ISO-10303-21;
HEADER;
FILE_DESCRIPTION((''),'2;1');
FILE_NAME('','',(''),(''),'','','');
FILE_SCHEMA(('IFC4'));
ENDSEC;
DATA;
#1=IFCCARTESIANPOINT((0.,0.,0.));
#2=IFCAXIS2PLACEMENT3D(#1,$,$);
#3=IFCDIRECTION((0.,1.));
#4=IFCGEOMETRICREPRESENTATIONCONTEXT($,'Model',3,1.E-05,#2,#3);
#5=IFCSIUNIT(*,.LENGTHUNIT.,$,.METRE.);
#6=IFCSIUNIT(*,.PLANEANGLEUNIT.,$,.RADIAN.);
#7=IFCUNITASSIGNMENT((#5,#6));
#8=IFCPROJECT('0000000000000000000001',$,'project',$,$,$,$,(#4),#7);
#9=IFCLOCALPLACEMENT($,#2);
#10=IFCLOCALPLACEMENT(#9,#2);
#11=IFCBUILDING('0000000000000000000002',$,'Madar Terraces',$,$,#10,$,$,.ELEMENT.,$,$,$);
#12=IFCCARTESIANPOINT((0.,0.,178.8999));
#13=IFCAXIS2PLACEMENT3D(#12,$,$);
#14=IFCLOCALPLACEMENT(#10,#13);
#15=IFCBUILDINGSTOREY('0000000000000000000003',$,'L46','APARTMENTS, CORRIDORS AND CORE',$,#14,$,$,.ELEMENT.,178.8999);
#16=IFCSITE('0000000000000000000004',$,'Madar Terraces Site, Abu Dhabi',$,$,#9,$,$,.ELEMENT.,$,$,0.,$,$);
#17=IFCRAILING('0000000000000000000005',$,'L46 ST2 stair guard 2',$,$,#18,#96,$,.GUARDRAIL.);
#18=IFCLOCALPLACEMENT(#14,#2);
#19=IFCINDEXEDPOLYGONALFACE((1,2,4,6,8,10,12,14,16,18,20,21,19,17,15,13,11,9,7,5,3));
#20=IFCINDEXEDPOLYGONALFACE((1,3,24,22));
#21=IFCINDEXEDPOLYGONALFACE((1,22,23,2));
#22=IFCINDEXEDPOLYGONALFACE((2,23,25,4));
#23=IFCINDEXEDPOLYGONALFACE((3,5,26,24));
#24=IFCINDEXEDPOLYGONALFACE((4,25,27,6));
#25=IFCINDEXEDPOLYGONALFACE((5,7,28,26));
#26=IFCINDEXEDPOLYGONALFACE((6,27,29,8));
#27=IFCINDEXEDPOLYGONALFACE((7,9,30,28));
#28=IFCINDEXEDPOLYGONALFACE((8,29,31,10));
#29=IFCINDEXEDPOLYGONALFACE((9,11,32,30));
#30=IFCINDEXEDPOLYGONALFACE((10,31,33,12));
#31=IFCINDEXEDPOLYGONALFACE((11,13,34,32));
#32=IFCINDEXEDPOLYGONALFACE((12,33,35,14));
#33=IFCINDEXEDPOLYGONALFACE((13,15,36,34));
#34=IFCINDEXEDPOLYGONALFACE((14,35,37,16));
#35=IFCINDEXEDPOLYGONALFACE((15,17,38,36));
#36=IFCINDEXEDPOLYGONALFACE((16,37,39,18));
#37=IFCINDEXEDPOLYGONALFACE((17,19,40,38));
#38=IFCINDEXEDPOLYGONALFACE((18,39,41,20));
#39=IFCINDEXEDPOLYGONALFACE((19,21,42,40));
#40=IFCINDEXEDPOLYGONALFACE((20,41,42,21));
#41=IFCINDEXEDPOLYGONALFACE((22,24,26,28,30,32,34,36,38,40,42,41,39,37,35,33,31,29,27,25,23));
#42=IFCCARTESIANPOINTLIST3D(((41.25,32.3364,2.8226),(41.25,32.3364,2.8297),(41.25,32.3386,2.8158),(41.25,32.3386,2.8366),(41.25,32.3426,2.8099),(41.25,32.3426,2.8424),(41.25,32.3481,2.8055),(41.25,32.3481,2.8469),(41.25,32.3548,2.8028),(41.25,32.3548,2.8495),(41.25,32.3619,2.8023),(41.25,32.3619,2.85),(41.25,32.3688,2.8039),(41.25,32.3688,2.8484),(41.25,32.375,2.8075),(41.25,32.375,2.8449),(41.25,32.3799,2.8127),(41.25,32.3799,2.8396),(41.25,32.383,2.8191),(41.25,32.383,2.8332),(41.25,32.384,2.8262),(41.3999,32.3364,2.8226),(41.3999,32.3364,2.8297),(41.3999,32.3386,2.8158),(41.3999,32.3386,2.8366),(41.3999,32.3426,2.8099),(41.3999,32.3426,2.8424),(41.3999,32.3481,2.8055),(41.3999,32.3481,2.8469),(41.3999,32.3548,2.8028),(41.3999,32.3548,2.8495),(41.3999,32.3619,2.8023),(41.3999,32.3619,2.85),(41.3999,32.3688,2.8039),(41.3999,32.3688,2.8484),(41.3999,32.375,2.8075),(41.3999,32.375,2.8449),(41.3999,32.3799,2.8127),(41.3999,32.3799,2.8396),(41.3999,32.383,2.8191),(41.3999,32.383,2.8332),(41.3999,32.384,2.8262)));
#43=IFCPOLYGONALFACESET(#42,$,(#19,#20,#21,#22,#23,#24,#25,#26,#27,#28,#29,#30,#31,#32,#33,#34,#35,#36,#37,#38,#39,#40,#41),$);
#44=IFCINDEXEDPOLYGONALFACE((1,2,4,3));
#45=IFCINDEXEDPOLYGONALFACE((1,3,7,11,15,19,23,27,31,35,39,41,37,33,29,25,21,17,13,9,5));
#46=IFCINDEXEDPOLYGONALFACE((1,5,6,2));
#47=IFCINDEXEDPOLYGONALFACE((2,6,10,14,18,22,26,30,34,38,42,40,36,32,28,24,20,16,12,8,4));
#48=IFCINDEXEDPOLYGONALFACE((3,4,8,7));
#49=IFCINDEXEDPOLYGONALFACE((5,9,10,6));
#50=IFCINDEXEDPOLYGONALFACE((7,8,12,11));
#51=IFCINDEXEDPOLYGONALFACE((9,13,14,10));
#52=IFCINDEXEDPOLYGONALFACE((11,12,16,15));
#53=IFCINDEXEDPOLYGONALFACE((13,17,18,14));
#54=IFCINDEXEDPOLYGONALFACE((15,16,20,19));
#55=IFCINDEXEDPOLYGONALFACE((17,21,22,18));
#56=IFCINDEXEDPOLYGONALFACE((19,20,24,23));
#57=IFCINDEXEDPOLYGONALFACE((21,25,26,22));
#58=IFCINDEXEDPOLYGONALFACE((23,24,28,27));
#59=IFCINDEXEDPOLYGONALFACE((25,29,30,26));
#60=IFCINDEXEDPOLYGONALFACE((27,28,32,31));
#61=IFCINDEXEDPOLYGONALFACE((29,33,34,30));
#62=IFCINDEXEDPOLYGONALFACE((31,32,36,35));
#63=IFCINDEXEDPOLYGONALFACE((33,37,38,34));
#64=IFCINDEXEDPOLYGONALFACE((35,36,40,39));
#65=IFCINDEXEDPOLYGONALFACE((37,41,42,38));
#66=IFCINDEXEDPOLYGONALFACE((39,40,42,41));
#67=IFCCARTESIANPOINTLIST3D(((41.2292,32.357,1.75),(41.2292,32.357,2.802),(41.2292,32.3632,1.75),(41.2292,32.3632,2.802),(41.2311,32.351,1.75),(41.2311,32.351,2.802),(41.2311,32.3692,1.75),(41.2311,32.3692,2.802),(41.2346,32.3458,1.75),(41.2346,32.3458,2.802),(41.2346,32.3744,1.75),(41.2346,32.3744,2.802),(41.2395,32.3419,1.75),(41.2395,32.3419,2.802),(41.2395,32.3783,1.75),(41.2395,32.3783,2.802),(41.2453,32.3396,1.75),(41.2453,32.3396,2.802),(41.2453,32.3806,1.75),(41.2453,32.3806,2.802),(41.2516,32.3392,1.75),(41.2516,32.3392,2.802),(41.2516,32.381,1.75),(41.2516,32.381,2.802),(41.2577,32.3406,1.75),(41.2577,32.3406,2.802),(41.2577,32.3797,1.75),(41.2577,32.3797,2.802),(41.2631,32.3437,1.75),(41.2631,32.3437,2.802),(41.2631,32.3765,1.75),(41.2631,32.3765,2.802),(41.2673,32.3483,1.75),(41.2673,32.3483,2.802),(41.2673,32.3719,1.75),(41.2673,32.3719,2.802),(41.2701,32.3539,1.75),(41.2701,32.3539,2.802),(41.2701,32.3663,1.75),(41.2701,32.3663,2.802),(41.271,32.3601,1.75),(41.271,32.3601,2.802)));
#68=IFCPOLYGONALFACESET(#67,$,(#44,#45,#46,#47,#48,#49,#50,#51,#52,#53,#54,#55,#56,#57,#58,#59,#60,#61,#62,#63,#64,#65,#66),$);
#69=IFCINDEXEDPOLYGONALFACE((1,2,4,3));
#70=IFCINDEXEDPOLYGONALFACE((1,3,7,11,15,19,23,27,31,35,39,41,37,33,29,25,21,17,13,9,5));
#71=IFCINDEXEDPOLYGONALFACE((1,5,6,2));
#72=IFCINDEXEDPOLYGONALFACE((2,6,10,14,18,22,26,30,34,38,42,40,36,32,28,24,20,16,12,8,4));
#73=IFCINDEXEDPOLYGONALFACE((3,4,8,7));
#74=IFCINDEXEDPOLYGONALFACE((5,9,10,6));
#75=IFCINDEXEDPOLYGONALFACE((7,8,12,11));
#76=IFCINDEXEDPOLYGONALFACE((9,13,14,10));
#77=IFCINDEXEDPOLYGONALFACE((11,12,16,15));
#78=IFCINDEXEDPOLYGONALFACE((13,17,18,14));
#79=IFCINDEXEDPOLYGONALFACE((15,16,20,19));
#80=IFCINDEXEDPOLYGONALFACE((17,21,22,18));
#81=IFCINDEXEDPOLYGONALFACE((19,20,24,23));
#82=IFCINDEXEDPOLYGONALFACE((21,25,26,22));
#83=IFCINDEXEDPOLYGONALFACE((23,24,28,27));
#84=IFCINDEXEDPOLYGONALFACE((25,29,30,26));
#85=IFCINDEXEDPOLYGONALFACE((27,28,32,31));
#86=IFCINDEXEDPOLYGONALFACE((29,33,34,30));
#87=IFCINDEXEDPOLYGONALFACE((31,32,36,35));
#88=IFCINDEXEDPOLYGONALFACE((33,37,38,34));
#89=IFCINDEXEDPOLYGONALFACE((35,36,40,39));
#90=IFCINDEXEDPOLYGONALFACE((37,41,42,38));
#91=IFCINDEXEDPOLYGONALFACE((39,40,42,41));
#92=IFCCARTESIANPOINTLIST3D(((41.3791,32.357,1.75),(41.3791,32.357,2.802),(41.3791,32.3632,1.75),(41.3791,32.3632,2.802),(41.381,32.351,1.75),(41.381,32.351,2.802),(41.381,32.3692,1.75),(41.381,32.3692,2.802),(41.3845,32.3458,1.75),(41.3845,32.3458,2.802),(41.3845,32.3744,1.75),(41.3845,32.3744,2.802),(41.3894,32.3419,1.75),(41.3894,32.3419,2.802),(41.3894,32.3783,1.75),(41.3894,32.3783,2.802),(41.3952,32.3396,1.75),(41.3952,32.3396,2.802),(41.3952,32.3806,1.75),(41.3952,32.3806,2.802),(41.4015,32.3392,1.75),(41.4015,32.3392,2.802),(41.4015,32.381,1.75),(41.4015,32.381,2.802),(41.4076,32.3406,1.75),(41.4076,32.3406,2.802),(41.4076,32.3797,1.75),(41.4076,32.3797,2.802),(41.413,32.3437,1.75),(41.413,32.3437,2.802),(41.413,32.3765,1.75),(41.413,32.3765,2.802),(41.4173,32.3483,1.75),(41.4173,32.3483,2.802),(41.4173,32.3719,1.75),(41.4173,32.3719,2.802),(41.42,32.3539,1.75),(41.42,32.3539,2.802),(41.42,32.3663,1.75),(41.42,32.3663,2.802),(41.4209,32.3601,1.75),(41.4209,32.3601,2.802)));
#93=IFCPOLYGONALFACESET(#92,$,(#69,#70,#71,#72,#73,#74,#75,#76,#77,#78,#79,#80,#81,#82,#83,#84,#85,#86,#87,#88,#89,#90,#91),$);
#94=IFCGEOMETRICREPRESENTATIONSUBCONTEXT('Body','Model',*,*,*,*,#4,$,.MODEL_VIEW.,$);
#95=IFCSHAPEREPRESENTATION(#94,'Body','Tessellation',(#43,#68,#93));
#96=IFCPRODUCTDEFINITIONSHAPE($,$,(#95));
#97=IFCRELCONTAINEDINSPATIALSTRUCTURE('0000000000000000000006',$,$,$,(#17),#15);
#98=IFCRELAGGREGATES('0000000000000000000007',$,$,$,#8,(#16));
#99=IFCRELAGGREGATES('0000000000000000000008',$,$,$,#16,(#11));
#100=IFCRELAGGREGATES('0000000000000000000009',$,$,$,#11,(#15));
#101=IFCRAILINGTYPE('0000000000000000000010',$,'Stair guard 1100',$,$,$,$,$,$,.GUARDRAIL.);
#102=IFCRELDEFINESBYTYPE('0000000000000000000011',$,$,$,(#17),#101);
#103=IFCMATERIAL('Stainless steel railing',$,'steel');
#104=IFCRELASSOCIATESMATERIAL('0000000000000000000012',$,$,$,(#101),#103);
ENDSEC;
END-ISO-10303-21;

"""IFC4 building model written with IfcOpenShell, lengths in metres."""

from ifc_helpers import new_model, si_unit, direction, frame, origin, origin_2d, place, context, subcontext, project, spatial, circle, extrude, material, type_object, element, save


model = new_model("IFC4")

# Units and contexts
model_context = context("Model", 3, precision=1e-05, world=origin(), true_north=direction((0.0, 1.0)))
body_context = subcontext(model_context, "Body", "Model", "MODEL_VIEW")
ifc_project = project(units=[si_unit("LENGTHUNIT", "METRE"), si_unit("PLANEANGLEUNIT", "RADIAN")], contexts=[model_context])

# Site, building, storey
site_placement = place(None, origin())
site = spatial("IfcSite", under=ifc_project, at=site_placement, Name="Madar Terraces Site, Abu Dhabi", CompositionType="ELEMENT", RefElevation=0.0)
building_placement = place(site_placement, origin())
building = spatial("IfcBuilding", under=site, at=building_placement, Name="Madar Terraces", CompositionType="ELEMENT")
storey_placement = place(building_placement, frame((0.0, 0.0, 178.8999)))
storey = spatial("IfcBuildingStorey", under=building, at=storey_placement, Name="L46", Description="APARTMENTS, CORRIDORS AND CORE", CompositionType="ELEMENT", Elevation=178.8999)

# Railing
ifc_material_1 = material(Name="Stainless steel railing", Category="steel")
railing_type_1 = type_object("IfcRailingType", Name="Stair guard 1100", PredefinedType="GUARDRAIL", material=ifc_material_1)
railing_1_placement = place(storey_placement, frame((41.25, 32.3601, 1.75)))
element("IfcRailing", 1, at=railing_1_placement, inside=storey, type_object=railing_type_1, Name="L46 ST2 stair guard 2", PredefinedType="GUARDRAIL", context=body_context, shape_type="SweptSolid", body=[
    extrude(circle(Radius=0.0239, at=origin_2d()), frame((0.0, 0.0, 1.0762), z_axis=(1.0, 0.0, 0.0), x_axis=(0.0, 1.0, 0.0)), (0.0, 0.0, 1.0), 0.1499),
    extrude(circle(Radius=0.021, at=origin_2d()), origin(), (0.0, 0.0, 1.0), 1.052),
    extrude(circle(Radius=0.021, at=origin_2d()), frame((0.1499, 0.0, 0.0)), (0.0, 0.0, 1.0), 1.052),
])

save(model, "model.ifc")
